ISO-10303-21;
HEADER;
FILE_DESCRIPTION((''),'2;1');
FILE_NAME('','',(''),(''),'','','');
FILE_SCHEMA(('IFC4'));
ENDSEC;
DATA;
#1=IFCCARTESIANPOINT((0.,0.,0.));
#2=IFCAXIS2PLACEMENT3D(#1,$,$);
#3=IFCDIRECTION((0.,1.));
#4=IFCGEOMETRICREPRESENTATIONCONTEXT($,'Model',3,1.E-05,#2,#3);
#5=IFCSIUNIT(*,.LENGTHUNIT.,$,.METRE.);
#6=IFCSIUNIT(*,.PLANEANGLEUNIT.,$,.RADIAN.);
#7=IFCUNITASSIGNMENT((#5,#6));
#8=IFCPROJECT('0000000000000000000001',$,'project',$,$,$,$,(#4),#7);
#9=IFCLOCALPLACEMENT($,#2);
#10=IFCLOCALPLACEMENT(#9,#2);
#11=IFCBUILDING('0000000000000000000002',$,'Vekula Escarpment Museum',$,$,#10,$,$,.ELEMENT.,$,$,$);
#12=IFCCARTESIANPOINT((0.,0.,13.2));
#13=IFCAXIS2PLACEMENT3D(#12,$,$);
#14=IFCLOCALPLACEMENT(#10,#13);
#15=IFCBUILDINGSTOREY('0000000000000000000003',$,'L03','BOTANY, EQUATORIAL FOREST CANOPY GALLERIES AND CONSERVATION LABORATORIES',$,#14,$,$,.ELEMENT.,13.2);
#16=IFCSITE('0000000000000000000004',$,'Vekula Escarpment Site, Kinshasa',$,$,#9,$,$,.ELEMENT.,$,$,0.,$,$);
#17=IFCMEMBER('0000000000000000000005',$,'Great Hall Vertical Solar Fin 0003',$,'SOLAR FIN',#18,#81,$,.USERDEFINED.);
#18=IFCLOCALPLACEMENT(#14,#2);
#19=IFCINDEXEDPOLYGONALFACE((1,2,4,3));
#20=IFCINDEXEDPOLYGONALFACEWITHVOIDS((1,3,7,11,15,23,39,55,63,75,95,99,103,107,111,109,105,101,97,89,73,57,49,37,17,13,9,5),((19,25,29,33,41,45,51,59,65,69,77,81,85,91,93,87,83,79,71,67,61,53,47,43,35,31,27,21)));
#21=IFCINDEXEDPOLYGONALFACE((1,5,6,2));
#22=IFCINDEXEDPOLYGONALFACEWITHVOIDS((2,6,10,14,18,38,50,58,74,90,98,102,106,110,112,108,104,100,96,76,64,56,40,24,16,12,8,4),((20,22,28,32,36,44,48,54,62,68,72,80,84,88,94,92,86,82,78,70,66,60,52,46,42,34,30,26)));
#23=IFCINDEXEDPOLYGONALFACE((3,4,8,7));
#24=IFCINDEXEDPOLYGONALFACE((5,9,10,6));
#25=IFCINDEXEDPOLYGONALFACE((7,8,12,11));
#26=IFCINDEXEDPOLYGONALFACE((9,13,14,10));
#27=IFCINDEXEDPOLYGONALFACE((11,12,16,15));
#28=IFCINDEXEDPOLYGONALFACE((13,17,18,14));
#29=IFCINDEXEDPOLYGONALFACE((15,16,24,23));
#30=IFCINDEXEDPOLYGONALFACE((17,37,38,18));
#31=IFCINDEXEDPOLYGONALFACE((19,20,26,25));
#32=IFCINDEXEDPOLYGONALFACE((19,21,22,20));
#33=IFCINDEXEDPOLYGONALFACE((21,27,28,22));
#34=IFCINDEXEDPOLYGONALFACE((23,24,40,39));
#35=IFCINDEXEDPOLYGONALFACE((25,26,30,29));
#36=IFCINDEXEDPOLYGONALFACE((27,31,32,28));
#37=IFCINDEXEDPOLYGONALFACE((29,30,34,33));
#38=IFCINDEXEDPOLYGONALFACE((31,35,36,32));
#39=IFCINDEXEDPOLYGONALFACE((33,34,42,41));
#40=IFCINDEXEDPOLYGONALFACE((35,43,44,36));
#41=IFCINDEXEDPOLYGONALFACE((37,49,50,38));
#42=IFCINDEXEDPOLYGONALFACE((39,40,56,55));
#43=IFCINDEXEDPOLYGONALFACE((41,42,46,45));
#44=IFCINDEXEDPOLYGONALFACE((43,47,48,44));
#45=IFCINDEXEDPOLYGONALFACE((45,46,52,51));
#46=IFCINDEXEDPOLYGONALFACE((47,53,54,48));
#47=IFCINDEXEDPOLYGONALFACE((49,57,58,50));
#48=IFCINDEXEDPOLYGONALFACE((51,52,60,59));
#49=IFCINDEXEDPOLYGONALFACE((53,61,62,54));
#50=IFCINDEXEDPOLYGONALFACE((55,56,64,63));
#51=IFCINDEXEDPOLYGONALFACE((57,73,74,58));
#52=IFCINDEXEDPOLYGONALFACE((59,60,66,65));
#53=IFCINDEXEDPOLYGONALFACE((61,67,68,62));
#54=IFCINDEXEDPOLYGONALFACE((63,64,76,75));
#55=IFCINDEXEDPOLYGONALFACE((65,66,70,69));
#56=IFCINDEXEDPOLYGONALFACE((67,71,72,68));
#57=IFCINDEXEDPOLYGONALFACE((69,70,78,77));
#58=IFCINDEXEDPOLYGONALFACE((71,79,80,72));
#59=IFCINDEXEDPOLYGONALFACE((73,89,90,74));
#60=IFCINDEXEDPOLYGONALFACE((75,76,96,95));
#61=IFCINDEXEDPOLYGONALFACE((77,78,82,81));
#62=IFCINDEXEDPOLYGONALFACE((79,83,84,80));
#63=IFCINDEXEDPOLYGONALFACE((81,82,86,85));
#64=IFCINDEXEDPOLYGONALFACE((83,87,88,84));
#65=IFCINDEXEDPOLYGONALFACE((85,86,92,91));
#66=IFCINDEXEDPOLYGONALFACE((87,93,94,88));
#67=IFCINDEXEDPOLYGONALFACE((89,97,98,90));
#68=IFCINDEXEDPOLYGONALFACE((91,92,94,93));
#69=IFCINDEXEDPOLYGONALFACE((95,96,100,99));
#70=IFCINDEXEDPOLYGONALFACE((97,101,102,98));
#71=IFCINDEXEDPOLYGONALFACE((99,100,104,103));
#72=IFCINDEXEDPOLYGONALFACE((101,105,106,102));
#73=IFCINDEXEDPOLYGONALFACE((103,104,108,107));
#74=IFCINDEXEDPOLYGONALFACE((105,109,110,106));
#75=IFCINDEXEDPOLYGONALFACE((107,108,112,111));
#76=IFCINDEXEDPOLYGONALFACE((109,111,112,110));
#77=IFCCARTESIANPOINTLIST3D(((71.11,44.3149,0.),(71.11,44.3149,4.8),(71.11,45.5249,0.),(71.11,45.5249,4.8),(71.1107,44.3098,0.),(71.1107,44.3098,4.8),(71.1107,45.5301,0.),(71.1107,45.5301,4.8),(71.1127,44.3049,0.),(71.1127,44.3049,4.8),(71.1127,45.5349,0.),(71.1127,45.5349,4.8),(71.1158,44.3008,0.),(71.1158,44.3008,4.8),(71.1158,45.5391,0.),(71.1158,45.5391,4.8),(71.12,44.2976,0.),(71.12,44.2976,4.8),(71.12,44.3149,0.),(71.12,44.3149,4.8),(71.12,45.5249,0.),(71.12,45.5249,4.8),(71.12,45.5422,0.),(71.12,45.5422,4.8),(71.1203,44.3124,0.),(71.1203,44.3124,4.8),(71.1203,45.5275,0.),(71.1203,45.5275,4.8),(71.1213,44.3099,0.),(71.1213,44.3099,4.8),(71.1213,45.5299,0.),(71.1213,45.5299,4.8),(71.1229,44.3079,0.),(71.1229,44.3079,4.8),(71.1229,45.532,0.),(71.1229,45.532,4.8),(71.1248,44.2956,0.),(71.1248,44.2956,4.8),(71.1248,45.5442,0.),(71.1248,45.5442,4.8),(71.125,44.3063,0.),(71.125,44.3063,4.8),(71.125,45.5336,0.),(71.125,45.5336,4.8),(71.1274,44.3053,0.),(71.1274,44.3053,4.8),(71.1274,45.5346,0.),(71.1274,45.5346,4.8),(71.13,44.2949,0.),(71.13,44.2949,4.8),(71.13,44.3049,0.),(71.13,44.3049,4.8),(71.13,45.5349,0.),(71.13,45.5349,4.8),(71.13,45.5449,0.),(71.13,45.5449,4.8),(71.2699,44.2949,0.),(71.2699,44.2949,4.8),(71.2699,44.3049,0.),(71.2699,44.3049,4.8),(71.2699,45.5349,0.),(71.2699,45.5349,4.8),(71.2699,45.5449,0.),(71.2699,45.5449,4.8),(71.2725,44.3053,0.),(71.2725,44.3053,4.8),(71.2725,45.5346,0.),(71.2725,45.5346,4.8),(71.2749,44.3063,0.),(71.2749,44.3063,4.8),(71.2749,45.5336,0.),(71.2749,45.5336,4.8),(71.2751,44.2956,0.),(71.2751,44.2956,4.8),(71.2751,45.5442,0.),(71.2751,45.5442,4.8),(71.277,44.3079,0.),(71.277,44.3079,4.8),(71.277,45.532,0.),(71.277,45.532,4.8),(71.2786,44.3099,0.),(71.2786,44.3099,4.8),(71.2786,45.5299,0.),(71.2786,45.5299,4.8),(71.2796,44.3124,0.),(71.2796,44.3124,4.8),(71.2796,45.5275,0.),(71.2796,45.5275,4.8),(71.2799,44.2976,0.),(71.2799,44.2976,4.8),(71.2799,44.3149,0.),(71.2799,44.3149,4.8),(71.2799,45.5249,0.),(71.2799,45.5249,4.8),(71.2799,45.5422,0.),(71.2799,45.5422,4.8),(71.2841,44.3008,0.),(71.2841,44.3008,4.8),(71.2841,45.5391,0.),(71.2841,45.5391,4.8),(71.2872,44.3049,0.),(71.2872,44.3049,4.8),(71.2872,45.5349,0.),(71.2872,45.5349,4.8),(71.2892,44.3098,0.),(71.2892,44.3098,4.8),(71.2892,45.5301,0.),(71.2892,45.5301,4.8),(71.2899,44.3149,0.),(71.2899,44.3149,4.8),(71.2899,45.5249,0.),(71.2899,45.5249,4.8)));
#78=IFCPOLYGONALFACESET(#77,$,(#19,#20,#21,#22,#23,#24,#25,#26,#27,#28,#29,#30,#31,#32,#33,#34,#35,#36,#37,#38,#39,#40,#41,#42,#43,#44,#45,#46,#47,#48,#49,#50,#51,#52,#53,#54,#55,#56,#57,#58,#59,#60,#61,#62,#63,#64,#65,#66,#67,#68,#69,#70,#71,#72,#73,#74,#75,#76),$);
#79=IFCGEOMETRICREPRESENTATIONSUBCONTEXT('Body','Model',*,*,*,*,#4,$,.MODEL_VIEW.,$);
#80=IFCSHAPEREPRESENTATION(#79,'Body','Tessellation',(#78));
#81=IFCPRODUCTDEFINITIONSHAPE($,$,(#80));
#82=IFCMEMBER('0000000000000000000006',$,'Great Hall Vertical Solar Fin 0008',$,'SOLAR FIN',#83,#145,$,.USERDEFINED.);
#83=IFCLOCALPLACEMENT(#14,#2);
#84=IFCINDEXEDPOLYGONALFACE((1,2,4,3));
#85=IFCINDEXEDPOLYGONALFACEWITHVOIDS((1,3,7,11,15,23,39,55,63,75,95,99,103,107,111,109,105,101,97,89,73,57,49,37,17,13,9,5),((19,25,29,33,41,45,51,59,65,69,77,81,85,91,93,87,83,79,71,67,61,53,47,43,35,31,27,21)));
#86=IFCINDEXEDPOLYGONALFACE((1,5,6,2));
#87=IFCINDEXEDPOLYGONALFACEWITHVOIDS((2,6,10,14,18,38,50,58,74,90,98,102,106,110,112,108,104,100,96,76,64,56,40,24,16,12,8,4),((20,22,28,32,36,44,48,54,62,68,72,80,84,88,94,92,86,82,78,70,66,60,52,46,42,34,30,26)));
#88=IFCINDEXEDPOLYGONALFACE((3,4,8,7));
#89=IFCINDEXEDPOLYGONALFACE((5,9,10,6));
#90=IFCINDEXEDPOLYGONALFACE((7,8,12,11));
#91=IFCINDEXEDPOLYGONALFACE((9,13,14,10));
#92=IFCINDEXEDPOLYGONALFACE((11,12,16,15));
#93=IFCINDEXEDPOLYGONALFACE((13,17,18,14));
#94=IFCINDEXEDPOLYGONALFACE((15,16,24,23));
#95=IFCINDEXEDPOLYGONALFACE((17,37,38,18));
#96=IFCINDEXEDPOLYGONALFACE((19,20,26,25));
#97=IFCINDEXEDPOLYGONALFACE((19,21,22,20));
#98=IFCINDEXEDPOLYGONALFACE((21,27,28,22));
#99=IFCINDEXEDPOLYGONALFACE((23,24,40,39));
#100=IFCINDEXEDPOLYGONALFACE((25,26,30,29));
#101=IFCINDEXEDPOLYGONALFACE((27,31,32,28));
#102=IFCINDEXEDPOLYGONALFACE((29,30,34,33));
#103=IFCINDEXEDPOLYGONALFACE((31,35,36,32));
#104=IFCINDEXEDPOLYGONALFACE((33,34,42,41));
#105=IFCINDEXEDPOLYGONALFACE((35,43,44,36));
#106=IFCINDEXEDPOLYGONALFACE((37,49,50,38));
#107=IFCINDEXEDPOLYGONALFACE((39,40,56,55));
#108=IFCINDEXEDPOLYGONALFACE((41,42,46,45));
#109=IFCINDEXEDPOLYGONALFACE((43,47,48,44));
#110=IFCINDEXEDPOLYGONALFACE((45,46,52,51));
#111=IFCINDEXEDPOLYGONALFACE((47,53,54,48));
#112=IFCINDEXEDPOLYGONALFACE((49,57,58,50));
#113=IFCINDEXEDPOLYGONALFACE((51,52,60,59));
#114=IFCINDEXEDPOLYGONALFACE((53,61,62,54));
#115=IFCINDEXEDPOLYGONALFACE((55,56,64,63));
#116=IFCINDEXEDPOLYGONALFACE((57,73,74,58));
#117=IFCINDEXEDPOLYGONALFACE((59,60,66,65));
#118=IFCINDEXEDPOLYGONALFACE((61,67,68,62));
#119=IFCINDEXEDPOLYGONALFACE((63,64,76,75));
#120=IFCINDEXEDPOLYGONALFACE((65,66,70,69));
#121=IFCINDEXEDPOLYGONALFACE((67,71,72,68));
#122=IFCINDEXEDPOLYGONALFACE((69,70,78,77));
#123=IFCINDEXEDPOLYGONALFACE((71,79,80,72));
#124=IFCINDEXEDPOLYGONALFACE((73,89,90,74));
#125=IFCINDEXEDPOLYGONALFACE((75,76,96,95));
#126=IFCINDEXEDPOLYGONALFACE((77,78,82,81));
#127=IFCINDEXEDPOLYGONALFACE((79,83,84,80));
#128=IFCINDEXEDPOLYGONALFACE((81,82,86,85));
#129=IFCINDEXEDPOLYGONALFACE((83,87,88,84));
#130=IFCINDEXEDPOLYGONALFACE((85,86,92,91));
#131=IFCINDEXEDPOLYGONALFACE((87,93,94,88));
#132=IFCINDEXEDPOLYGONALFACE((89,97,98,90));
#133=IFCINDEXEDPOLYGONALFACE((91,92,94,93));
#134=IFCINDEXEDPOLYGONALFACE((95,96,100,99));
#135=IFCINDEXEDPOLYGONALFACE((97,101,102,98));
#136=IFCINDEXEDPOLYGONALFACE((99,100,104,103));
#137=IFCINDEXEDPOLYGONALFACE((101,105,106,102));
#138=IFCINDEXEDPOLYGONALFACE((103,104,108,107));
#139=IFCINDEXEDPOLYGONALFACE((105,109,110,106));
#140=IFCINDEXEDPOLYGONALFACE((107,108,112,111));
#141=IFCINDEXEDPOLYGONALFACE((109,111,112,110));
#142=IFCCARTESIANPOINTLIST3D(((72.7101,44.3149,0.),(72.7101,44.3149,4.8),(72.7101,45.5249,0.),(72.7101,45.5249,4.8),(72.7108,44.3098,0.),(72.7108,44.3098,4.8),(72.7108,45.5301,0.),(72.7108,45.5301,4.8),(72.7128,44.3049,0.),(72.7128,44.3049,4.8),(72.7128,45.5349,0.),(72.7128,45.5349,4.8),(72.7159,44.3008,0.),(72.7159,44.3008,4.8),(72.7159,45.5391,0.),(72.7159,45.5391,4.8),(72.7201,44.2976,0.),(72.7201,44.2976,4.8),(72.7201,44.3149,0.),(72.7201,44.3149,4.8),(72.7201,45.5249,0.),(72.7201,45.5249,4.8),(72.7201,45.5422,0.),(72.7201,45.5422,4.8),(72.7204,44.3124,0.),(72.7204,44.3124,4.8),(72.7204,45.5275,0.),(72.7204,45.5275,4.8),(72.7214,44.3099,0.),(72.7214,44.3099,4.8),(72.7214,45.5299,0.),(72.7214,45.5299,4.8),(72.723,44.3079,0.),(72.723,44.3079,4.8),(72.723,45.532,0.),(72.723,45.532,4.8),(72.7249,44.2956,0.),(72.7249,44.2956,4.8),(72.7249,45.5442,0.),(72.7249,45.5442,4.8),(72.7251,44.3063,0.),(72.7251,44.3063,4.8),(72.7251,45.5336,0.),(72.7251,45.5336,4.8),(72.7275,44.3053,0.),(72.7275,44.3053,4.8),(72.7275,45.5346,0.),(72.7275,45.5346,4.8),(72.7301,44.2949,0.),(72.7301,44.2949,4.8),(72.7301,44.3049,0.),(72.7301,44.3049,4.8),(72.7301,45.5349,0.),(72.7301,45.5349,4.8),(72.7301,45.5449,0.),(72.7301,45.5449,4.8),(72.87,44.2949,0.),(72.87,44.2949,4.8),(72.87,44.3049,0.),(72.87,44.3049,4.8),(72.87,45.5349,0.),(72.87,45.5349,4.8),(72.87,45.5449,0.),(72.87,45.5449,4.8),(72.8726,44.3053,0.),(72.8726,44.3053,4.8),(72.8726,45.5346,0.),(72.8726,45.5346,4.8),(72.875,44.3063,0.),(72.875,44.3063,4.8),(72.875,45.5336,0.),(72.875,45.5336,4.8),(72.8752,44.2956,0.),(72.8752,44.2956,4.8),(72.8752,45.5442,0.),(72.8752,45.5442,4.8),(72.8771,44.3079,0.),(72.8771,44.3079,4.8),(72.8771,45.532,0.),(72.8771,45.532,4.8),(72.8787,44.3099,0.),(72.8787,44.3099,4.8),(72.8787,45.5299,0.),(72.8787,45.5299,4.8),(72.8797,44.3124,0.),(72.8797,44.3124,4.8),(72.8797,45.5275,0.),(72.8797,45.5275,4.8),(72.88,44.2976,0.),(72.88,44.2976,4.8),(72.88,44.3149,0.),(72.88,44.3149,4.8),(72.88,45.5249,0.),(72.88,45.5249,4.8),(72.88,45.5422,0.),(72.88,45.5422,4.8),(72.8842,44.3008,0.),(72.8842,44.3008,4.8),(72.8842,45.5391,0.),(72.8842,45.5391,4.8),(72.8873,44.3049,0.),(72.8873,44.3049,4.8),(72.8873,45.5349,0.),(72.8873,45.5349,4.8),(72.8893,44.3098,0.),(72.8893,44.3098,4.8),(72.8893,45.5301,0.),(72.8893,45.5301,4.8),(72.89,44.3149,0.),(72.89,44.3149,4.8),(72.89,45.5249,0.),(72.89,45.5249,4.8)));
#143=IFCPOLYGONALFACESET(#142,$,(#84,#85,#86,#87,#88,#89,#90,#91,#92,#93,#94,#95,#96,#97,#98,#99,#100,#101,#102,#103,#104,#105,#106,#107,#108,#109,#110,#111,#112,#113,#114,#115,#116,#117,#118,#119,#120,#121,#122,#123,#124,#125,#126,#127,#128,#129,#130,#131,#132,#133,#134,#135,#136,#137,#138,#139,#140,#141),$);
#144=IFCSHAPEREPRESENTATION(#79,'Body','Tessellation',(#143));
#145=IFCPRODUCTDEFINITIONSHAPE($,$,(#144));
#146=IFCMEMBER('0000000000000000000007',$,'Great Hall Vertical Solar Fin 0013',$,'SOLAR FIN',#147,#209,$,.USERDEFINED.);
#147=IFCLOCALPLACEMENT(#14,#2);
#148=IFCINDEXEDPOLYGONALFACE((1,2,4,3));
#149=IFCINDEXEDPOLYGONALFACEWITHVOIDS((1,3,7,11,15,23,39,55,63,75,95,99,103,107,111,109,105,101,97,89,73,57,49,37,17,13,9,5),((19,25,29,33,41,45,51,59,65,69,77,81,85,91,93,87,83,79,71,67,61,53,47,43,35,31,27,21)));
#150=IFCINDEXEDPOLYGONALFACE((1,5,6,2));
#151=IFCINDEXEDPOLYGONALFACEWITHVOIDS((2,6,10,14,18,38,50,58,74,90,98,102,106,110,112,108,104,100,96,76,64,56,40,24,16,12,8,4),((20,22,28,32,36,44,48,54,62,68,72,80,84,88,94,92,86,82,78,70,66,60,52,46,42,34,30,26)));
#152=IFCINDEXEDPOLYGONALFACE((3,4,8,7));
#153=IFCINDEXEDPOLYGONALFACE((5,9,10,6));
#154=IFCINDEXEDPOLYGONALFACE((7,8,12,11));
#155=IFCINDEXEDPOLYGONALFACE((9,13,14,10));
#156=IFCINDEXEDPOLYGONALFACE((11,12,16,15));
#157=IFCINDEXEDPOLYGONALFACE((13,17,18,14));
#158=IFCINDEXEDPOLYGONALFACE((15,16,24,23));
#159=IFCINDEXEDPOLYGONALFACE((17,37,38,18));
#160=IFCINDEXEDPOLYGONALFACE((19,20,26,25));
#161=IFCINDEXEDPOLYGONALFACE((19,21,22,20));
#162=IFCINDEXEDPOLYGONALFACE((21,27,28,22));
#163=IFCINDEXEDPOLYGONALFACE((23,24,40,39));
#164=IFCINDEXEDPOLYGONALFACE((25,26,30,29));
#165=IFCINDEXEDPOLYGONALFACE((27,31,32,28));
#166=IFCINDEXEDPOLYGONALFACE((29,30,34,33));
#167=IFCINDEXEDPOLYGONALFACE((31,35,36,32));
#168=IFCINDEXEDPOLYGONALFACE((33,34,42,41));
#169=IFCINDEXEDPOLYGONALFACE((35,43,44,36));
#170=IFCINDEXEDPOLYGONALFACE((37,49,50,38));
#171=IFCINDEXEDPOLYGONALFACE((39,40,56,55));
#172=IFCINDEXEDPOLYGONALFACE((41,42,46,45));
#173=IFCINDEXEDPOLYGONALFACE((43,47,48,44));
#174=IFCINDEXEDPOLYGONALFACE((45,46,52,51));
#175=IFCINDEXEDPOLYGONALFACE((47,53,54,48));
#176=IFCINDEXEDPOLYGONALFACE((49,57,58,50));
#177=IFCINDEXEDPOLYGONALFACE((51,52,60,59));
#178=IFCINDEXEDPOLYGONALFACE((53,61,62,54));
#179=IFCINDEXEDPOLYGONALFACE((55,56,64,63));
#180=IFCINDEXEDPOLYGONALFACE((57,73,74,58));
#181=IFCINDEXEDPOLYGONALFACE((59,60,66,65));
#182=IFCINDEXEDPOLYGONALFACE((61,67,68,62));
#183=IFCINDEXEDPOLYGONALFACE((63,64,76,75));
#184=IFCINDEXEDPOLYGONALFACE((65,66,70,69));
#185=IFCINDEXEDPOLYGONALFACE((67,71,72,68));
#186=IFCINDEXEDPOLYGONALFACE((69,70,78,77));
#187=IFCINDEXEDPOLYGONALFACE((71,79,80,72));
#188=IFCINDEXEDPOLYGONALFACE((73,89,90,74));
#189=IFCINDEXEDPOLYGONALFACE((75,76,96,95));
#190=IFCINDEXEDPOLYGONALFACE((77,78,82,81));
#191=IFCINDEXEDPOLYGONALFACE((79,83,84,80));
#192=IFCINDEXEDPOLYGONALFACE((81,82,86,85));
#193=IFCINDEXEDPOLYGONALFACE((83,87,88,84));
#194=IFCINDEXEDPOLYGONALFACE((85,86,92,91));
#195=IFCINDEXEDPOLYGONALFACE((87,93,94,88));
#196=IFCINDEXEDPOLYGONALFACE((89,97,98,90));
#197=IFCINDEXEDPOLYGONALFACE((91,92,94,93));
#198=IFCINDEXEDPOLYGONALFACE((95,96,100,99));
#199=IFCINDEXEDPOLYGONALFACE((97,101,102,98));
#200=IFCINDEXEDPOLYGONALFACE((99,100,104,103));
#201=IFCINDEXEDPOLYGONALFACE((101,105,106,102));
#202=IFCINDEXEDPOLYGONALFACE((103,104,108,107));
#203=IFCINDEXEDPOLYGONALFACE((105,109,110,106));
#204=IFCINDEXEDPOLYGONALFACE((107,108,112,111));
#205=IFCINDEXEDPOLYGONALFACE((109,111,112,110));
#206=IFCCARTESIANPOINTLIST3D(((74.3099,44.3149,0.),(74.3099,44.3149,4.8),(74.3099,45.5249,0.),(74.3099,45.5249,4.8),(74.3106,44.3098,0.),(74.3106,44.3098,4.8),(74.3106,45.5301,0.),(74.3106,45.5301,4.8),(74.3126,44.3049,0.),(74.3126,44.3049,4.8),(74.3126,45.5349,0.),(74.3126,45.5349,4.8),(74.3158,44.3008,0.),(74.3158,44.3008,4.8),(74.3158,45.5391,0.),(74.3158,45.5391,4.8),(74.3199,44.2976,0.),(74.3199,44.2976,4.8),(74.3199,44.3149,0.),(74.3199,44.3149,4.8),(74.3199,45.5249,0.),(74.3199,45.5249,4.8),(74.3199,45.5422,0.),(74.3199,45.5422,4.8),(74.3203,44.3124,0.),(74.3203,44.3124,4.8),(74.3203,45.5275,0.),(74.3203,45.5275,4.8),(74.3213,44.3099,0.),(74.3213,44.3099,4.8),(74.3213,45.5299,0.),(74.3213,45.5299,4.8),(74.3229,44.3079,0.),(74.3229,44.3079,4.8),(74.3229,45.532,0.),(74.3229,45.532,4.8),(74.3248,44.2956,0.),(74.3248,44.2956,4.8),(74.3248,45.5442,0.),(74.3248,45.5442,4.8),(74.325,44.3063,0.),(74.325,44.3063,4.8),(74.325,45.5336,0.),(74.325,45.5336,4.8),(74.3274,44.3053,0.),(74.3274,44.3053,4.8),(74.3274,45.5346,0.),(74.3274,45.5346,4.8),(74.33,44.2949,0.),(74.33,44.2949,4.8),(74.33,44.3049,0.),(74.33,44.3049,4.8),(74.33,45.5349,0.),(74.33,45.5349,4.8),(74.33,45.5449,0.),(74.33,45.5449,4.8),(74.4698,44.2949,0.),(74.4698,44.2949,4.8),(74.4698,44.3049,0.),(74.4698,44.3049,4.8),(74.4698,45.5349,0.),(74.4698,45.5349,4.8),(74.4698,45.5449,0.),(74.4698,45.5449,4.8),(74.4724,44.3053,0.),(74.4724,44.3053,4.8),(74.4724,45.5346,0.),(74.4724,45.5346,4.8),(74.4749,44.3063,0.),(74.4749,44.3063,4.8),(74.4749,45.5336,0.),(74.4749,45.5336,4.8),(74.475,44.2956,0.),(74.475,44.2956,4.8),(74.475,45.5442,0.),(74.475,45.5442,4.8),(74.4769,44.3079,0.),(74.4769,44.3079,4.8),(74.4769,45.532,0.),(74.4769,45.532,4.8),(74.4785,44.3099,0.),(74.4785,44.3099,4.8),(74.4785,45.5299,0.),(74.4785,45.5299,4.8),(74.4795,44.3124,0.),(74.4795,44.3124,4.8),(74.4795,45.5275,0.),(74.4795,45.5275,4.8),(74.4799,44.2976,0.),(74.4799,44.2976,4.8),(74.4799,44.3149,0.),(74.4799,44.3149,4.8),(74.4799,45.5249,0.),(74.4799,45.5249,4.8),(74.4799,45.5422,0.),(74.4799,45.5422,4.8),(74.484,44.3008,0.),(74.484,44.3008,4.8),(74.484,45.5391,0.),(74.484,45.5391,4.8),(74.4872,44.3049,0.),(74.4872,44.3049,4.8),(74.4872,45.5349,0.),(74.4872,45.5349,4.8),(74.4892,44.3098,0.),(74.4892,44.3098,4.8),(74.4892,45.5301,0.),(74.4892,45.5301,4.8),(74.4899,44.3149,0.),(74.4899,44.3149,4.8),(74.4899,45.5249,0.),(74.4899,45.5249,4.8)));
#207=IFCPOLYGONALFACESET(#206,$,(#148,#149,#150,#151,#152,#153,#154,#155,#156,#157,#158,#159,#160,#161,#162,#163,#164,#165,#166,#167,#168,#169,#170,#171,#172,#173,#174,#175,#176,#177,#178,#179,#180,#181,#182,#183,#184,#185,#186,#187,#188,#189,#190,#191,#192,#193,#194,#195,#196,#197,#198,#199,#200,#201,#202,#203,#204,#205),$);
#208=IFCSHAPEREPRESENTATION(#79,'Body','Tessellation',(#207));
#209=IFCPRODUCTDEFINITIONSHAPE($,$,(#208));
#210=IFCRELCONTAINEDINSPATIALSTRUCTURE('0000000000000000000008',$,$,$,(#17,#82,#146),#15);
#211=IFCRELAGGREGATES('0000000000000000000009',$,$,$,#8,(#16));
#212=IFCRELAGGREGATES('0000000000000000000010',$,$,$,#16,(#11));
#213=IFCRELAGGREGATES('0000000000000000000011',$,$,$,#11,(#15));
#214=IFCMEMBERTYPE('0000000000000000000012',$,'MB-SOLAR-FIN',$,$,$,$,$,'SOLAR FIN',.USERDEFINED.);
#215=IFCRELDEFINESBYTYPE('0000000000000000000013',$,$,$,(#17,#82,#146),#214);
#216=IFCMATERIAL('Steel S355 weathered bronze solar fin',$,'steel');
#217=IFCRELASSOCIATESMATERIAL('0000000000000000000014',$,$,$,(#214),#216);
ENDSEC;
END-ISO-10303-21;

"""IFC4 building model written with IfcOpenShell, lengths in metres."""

from ifc_helpers import new_model, si_unit, direction, frame, origin, origin_2d, place, context, subcontext, project, spatial, hollow_rectangle, extrude, material, material_profile, profile_set, type_object, element, save


model = new_model("IFC4")

# Units and contexts
model_context = context("Model", 3, precision=1e-05, world=origin(), true_north=direction((0.0, 1.0)))
body_context = subcontext(model_context, "Body", "Model", "MODEL_VIEW")
ifc_project = project(units=[si_unit("LENGTHUNIT", "METRE"), si_unit("PLANEANGLEUNIT", "RADIAN")], contexts=[model_context])

# Site, building, storey
site_placement = place(None, origin())
site = spatial("IfcSite", under=ifc_project, at=site_placement, Name="Vekula Escarpment Site, Kinshasa", CompositionType="ELEMENT", RefElevation=0.0)
building_placement = place(site_placement, origin())
building = spatial("IfcBuilding", under=site, at=building_placement, Name="Vekula Escarpment Museum", CompositionType="ELEMENT")
storey_placement = place(building_placement, frame((0.0, 0.0, 13.2)))
storey = spatial("IfcBuildingStorey", under=building, at=storey_placement, Name="L03", Description="BOTANY, EQUATORIAL FOREST CANOPY GALLERIES AND CONSERVATION LABORATORIES", CompositionType="ELEMENT", Elevation=13.2)

# Members
ifc_material_1 = material(Name="Steel S355 weathered bronze solar fin", Category="steel")
ifc_material_profile_1 = material_profile(ifc_material_1, hollow_rectangle(XDim=0.1799, YDim=1.25, WallThickness=0.01, InnerFilletRadius=0.01, OuterFilletRadius=0.02, at=origin_2d()), Name="RHS 1250x180x10")
ifc_profile_set_1 = profile_set([ifc_material_profile_1], Name="Steel S355 weathered bronze solar fin")
member_type_1 = type_object("IfcMemberType", Name="MB-SOLAR-FIN", ElementType="SOLAR FIN", PredefinedType="USERDEFINED", material=ifc_profile_set_1)
for number, where, z_axis, x_axis, name in (
    (1, (71.2, 44.9199, 0.0), (0.0, 0.0, 1.0), (1.0, 0.0, 0.0), "Great Hall Vertical Solar Fin 0003"),
    (2, (72.8, 44.9199, 0.0), (0.0, 0.0, 1.0), (1.0, 0.0, 0.0), "Great Hall Vertical Solar Fin 0008"),
    (3, (74.3999, 44.9199, 0.0), (0.0, 0.0, 1.0), (1.0, 0.0, 0.0), "Great Hall Vertical Solar Fin 0013"),
):
    element("IfcMember", number, at=place(storey_placement, frame(where, z_axis=z_axis, x_axis=x_axis)), inside=storey, type_object=member_type_1, Name=name, ObjectType="SOLAR FIN", PredefinedType="USERDEFINED", context=body_context, shape_type="SweptSolid", body=[
        extrude(hollow_rectangle(XDim=0.1799, YDim=1.25, WallThickness=0.01, InnerFilletRadius=0.01, OuterFilletRadius=0.02, at=origin_2d()), origin(), (0.0, 0.0, 1.0), 4.8),
    ])

save(model, "model.ifc")
